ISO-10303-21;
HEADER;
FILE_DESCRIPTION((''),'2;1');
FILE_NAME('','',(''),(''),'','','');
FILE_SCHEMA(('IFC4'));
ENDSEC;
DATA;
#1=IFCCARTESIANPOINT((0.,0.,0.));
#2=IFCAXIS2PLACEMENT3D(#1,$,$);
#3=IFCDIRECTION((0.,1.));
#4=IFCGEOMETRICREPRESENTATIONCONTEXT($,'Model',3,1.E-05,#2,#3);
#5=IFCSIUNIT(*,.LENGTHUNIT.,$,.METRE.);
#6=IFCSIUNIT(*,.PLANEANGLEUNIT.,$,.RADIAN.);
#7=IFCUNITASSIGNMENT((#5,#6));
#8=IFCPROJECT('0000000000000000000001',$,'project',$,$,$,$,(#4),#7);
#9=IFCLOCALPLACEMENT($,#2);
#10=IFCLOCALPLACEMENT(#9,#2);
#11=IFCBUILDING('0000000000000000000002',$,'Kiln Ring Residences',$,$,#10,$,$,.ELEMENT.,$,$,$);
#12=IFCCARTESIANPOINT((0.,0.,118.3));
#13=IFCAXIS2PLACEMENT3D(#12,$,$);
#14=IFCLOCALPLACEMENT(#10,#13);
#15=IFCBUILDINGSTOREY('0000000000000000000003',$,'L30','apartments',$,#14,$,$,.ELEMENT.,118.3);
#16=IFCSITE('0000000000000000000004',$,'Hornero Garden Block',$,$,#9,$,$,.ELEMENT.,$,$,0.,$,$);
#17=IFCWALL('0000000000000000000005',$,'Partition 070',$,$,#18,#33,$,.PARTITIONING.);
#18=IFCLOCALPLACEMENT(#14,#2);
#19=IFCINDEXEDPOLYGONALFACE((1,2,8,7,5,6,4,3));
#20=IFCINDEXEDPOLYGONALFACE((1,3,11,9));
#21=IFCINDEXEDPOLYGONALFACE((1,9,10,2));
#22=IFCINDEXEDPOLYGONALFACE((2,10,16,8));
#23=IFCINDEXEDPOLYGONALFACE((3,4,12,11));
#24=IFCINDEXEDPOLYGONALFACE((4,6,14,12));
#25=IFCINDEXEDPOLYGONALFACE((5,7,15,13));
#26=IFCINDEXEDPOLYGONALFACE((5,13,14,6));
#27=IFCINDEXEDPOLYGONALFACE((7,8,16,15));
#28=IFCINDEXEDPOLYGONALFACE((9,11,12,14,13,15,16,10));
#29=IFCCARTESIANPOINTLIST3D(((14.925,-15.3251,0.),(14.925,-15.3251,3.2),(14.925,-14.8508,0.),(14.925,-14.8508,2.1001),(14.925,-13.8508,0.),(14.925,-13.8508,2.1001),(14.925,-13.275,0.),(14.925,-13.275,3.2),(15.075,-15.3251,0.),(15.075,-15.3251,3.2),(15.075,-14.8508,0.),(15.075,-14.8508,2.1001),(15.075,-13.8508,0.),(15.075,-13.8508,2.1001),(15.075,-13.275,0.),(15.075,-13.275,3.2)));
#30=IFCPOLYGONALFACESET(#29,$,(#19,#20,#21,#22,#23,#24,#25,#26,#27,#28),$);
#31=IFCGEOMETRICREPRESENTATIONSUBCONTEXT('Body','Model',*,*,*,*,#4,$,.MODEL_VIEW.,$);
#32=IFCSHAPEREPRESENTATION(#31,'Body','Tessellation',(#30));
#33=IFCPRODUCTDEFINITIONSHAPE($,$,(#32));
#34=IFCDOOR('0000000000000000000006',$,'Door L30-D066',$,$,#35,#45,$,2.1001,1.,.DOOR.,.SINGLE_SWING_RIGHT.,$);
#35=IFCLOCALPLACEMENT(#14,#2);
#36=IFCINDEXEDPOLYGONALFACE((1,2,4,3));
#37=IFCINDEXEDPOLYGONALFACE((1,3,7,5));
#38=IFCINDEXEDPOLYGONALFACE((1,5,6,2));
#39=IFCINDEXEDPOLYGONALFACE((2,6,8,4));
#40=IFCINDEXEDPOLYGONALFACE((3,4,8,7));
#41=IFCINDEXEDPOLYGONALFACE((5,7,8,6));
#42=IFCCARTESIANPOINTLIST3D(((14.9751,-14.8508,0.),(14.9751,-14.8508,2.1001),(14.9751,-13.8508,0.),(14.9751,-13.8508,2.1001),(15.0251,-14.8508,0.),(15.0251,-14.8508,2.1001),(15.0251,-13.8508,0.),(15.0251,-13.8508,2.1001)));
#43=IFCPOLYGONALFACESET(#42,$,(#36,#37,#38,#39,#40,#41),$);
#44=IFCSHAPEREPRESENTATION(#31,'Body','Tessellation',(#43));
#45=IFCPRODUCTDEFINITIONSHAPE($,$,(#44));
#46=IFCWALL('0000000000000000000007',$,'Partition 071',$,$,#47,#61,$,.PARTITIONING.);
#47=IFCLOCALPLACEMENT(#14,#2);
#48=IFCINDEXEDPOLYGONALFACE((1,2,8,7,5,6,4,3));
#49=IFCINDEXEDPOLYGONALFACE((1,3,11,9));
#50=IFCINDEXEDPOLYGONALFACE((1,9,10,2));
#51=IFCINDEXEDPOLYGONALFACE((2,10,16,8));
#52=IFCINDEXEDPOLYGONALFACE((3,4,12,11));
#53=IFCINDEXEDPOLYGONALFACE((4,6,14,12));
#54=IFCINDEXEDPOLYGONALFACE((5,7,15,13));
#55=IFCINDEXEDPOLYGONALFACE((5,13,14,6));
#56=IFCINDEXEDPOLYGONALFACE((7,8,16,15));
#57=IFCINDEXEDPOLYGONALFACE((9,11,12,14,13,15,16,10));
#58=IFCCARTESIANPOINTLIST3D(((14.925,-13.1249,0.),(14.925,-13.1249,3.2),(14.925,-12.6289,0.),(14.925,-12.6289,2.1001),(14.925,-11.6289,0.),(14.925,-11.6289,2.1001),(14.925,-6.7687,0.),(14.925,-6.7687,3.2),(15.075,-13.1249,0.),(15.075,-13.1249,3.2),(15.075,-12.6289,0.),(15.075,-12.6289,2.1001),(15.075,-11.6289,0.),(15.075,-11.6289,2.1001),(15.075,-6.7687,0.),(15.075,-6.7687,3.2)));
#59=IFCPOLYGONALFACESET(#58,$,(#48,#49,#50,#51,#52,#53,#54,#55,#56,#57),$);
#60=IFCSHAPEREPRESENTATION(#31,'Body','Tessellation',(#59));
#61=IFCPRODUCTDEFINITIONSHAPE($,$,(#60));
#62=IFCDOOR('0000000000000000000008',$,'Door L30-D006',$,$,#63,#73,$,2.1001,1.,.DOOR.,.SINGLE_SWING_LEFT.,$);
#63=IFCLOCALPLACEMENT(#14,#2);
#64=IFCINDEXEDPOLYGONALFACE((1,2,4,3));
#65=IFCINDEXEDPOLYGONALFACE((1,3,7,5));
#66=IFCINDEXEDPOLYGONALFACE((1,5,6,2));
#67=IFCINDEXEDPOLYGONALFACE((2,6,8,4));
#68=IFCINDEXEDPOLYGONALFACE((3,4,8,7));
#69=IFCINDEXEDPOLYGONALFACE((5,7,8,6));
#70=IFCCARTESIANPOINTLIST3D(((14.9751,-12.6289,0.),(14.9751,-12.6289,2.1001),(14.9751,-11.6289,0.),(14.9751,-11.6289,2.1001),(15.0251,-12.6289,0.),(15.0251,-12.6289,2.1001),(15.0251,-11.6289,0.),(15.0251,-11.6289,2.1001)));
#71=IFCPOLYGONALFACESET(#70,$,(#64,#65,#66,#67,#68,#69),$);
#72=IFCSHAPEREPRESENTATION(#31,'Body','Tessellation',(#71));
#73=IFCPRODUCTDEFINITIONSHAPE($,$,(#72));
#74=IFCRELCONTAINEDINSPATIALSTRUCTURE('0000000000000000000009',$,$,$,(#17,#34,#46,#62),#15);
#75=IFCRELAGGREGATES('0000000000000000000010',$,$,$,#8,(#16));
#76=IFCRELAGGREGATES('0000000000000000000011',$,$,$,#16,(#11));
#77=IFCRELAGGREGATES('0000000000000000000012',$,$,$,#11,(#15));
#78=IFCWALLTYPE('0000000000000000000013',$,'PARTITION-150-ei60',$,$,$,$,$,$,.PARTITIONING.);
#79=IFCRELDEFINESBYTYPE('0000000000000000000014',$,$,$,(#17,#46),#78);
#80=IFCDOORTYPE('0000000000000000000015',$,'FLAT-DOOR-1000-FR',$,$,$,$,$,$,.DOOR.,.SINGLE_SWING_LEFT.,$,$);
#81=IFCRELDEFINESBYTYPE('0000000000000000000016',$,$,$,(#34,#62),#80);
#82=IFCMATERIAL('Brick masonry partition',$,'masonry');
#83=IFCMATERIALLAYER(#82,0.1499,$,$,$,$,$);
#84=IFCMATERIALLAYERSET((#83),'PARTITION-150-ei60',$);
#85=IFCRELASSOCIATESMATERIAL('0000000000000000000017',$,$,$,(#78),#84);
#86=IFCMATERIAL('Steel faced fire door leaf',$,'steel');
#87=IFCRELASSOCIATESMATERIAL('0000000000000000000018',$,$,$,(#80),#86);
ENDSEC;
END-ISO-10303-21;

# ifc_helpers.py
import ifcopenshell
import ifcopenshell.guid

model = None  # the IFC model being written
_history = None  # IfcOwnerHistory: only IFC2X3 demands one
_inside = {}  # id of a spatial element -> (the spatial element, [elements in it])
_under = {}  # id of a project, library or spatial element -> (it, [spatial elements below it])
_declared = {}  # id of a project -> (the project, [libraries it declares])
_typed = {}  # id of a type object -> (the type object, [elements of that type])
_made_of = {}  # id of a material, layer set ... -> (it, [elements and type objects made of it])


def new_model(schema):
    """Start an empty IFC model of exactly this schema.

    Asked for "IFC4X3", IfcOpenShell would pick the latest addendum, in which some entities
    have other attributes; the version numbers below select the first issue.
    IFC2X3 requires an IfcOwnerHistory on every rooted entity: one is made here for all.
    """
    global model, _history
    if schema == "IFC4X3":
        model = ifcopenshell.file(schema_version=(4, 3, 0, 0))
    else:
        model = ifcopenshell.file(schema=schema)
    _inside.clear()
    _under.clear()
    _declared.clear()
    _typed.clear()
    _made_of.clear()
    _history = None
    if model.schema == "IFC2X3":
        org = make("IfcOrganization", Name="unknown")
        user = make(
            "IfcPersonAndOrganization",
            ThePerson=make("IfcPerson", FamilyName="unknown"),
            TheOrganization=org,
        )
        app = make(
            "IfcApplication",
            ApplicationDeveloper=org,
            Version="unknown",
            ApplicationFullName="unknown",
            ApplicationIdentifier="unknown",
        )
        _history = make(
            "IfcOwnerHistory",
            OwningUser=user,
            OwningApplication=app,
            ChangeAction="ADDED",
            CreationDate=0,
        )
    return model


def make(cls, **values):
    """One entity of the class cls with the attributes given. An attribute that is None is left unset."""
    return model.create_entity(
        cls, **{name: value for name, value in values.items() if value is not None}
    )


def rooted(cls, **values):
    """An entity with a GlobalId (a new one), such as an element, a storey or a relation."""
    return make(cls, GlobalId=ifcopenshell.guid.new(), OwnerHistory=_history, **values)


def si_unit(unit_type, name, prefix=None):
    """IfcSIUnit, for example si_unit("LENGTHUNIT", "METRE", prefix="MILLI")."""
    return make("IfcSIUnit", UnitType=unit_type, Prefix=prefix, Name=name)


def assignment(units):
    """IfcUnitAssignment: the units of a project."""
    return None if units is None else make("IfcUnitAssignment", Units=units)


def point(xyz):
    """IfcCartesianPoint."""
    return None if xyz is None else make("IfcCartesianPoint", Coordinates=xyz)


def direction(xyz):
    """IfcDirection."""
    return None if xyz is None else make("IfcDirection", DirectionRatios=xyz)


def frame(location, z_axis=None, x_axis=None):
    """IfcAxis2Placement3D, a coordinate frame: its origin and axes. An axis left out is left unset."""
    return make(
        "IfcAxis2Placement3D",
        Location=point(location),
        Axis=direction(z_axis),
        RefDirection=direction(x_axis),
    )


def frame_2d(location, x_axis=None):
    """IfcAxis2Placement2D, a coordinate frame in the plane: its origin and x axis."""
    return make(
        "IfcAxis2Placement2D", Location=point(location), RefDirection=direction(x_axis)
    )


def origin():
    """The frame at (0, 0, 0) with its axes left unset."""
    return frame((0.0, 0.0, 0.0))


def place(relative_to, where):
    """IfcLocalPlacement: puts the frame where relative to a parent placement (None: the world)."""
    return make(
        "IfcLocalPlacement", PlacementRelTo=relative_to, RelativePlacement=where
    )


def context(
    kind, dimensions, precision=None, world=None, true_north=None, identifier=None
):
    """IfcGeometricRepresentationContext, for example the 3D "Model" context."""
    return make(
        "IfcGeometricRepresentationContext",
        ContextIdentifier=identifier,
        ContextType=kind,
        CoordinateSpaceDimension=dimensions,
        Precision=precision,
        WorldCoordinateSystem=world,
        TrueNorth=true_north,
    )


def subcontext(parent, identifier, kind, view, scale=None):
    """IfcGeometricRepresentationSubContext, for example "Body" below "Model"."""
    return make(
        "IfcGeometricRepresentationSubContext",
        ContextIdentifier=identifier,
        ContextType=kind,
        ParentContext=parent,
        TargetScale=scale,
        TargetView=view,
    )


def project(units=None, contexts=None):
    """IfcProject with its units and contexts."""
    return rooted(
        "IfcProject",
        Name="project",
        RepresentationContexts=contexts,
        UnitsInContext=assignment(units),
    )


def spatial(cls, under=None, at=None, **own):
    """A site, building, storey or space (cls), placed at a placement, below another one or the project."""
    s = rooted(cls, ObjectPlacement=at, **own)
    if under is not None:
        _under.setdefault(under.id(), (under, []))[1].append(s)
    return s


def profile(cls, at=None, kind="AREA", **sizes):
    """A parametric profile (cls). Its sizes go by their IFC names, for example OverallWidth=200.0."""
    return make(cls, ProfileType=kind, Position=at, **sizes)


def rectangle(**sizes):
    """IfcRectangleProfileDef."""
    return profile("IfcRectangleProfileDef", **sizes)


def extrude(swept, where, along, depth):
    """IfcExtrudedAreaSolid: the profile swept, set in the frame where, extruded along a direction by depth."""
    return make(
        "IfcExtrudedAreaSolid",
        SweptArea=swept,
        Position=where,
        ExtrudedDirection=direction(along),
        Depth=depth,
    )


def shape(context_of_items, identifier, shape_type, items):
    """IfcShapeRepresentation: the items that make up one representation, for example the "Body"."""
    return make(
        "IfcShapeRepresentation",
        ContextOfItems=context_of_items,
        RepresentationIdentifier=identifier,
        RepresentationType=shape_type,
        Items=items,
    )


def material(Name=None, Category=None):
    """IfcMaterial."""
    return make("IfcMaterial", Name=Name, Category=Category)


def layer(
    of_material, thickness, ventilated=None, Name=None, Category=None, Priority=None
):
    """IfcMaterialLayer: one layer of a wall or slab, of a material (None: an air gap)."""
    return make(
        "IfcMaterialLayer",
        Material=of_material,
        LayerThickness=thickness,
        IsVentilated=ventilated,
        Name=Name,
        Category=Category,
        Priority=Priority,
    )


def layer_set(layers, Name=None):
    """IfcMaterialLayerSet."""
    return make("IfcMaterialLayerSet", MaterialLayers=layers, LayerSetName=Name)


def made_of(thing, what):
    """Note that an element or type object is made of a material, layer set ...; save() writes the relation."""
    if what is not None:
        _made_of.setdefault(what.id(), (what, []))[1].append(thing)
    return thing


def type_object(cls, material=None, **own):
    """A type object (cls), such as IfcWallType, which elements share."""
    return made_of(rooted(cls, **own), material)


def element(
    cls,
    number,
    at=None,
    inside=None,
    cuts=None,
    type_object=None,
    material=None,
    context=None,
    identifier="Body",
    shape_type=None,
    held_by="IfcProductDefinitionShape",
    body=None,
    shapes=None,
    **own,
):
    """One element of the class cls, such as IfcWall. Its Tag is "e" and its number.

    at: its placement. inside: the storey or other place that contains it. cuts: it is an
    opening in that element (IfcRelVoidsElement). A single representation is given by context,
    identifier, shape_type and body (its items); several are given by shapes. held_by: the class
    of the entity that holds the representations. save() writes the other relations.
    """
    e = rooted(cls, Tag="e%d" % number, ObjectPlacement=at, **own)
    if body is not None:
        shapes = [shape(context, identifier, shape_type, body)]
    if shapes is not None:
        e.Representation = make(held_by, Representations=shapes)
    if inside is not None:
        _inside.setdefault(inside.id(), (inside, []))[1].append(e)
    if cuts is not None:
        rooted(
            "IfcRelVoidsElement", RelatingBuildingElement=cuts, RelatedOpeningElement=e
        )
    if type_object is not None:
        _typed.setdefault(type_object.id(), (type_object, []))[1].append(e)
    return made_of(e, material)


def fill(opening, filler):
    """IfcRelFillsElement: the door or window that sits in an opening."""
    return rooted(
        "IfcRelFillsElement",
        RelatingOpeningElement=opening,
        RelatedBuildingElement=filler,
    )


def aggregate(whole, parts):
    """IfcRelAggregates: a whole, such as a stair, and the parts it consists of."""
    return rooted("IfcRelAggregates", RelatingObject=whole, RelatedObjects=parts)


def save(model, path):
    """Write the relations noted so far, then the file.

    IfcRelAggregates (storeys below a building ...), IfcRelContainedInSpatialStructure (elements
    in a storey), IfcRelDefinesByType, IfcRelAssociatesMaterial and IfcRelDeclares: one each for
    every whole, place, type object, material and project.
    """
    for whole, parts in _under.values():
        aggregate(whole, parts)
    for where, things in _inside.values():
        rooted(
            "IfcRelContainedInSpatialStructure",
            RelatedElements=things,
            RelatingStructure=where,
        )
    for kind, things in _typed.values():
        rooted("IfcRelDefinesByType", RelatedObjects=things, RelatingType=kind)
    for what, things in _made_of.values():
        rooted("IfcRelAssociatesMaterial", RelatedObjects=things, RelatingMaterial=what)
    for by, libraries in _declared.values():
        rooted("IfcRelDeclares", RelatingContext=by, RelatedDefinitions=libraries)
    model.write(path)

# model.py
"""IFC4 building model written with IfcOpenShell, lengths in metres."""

from ifc_helpers import new_model, si_unit, direction, frame, frame_2d, origin, place, context, subcontext, project, spatial, rectangle, extrude, material, layer, layer_set, type_object, element, fill, save


model = new_model("IFC4")

# Units and contexts
model_context = context("Model", 3, precision=1e-05, world=origin(), true_north=direction((0.0, 1.0)))
body_context = subcontext(model_context, "Body", "Model", "MODEL_VIEW")
ifc_project = project(units=[si_unit("LENGTHUNIT", "METRE"), si_unit("PLANEANGLEUNIT", "RADIAN")], contexts=[model_context])

# Site, building, storey
site_placement = place(None, origin())
site = spatial("IfcSite", under=ifc_project, at=site_placement, Name="Hornero Garden Block", CompositionType="ELEMENT", RefElevation=0.0)
building_placement = place(site_placement, origin())
building = spatial("IfcBuilding", under=site, at=building_placement, Name="Kiln Ring Residences", CompositionType="ELEMENT")
storey_placement = place(building_placement, frame((0.0, 0.0, 118.3)))
storey = spatial("IfcBuildingStorey", under=building, at=storey_placement, Name="L30", Description="apartments", CompositionType="ELEMENT", Elevation=118.3)

# Shared definitions
ifc_material_1 = material(Name="Brick masonry partition", Category="masonry")
ifc_layer_1 = layer(ifc_material_1, 0.1499)
ifc_layer_set_1 = layer_set([ifc_layer_1], Name="PARTITION-150-ei60")
wall_type_1 = type_object("IfcWallType", Name="PARTITION-150-ei60", PredefinedType="PARTITIONING", material=ifc_layer_set_1)
ifc_material_2 = material(Name="Steel faced fire door leaf", Category="steel")
door_type_1 = type_object("IfcDoorType", Name="FLAT-DOOR-1000-FR", OperationType="SINGLE_SWING_LEFT", PredefinedType="DOOR", material=ifc_material_2)

# Walls, openings, doors
wall_1_placement = place(storey_placement, frame((15.0, -15.325, 0.0), z_axis=(0.0, 0.0, 1.0), x_axis=(0.0, 1.0, 0.0)))
wall_1 = element("IfcWall", 1, at=wall_1_placement, inside=storey, type_object=wall_type_1, Name="Partition 070", PredefinedType="PARTITIONING", context=body_context, shape_type="SweptSolid", body=[
    extrude(rectangle(XDim=2.05, YDim=0.1499, at=frame_2d((1.0249, 0.0))), origin(), (0.0, 0.0, 1.0), 3.2),
])
opening_1_placement = place(wall_1_placement, frame((0.4741, 0.0, 0.0)))
opening_1 = element("IfcOpeningElement", 2, at=opening_1_placement, cuts=wall_1, PredefinedType="OPENING", context=body_context, shape_type="SweptSolid", body=[
    extrude(rectangle(XDim=1.0, YDim=2.1001, at=frame_2d((0.5, 1.05))), frame((0.0, 0.085, 0.0), z_axis=(0.0, -1.0, 0.0), x_axis=(1.0, 0.0, 0.0)), (0.0, 0.0, 1.0), 0.1699),
])
door_1_placement = place(opening_1_placement, origin())
door_1 = element("IfcDoor", 3, at=door_1_placement, inside=storey, type_object=door_type_1, Name="Door L30-D066", OperationType="SINGLE_SWING_RIGHT", OverallHeight=2.1001, OverallWidth=1.0, PredefinedType="DOOR", context=body_context, shape_type="SweptSolid", body=[
    extrude(rectangle(XDim=1.0, YDim=2.1001, at=frame_2d((0.5, 1.05))), frame((0.0, 0.0249, 0.0), z_axis=(0.0, -1.0, 0.0), x_axis=(1.0, 0.0, 0.0)), (0.0, 0.0, 1.0), 0.05),
])
fill(opening_1, door_1)
wall_2_placement = place(storey_placement, frame((15.0, -13.125, 0.0), z_axis=(0.0, 0.0, 1.0), x_axis=(0.0, 1.0, 0.0)))
wall_2 = element("IfcWall", 4, at=wall_2_placement, inside=storey, type_object=wall_type_1, Name="Partition 071", PredefinedType="PARTITIONING", context=body_context, shape_type="SweptSolid", body=[
    extrude(rectangle(XDim=6.3562, YDim=0.1499, at=frame_2d((3.1782, 0.0))), origin(), (0.0, 0.0, 1.0), 3.2),
])
opening_2_placement = place(wall_2_placement, frame((0.4961, 0.0, 0.0)))
opening_2 = element("IfcOpeningElement", 5, at=opening_2_placement, cuts=wall_2, PredefinedType="OPENING", context=body_context, shape_type="SweptSolid", body=[
    extrude(rectangle(XDim=1.0, YDim=2.1001, at=frame_2d((0.5, 1.05))), frame((0.0, 0.085, 0.0), z_axis=(0.0, -1.0, 0.0), x_axis=(1.0, 0.0, 0.0)), (0.0, 0.0, 1.0), 0.1699),
])
door_2_placement = place(opening_2_placement, origin())
door_2 = element("IfcDoor", 6, at=door_2_placement, inside=storey, type_object=door_type_1, Name="Door L30-D006", OperationType="SINGLE_SWING_LEFT", OverallHeight=2.1001, OverallWidth=1.0, PredefinedType="DOOR", context=body_context, shape_type="SweptSolid", body=[
    extrude(rectangle(XDim=1.0, YDim=2.1001, at=frame_2d((0.5, 1.05))), frame((0.0, 0.0249, 0.0), z_axis=(0.0, -1.0, 0.0), x_axis=(1.0, 0.0, 0.0)), (0.0, 0.0, 1.0), 0.05),
])
fill(opening_2, door_2)

save(model, "model.ifc")
